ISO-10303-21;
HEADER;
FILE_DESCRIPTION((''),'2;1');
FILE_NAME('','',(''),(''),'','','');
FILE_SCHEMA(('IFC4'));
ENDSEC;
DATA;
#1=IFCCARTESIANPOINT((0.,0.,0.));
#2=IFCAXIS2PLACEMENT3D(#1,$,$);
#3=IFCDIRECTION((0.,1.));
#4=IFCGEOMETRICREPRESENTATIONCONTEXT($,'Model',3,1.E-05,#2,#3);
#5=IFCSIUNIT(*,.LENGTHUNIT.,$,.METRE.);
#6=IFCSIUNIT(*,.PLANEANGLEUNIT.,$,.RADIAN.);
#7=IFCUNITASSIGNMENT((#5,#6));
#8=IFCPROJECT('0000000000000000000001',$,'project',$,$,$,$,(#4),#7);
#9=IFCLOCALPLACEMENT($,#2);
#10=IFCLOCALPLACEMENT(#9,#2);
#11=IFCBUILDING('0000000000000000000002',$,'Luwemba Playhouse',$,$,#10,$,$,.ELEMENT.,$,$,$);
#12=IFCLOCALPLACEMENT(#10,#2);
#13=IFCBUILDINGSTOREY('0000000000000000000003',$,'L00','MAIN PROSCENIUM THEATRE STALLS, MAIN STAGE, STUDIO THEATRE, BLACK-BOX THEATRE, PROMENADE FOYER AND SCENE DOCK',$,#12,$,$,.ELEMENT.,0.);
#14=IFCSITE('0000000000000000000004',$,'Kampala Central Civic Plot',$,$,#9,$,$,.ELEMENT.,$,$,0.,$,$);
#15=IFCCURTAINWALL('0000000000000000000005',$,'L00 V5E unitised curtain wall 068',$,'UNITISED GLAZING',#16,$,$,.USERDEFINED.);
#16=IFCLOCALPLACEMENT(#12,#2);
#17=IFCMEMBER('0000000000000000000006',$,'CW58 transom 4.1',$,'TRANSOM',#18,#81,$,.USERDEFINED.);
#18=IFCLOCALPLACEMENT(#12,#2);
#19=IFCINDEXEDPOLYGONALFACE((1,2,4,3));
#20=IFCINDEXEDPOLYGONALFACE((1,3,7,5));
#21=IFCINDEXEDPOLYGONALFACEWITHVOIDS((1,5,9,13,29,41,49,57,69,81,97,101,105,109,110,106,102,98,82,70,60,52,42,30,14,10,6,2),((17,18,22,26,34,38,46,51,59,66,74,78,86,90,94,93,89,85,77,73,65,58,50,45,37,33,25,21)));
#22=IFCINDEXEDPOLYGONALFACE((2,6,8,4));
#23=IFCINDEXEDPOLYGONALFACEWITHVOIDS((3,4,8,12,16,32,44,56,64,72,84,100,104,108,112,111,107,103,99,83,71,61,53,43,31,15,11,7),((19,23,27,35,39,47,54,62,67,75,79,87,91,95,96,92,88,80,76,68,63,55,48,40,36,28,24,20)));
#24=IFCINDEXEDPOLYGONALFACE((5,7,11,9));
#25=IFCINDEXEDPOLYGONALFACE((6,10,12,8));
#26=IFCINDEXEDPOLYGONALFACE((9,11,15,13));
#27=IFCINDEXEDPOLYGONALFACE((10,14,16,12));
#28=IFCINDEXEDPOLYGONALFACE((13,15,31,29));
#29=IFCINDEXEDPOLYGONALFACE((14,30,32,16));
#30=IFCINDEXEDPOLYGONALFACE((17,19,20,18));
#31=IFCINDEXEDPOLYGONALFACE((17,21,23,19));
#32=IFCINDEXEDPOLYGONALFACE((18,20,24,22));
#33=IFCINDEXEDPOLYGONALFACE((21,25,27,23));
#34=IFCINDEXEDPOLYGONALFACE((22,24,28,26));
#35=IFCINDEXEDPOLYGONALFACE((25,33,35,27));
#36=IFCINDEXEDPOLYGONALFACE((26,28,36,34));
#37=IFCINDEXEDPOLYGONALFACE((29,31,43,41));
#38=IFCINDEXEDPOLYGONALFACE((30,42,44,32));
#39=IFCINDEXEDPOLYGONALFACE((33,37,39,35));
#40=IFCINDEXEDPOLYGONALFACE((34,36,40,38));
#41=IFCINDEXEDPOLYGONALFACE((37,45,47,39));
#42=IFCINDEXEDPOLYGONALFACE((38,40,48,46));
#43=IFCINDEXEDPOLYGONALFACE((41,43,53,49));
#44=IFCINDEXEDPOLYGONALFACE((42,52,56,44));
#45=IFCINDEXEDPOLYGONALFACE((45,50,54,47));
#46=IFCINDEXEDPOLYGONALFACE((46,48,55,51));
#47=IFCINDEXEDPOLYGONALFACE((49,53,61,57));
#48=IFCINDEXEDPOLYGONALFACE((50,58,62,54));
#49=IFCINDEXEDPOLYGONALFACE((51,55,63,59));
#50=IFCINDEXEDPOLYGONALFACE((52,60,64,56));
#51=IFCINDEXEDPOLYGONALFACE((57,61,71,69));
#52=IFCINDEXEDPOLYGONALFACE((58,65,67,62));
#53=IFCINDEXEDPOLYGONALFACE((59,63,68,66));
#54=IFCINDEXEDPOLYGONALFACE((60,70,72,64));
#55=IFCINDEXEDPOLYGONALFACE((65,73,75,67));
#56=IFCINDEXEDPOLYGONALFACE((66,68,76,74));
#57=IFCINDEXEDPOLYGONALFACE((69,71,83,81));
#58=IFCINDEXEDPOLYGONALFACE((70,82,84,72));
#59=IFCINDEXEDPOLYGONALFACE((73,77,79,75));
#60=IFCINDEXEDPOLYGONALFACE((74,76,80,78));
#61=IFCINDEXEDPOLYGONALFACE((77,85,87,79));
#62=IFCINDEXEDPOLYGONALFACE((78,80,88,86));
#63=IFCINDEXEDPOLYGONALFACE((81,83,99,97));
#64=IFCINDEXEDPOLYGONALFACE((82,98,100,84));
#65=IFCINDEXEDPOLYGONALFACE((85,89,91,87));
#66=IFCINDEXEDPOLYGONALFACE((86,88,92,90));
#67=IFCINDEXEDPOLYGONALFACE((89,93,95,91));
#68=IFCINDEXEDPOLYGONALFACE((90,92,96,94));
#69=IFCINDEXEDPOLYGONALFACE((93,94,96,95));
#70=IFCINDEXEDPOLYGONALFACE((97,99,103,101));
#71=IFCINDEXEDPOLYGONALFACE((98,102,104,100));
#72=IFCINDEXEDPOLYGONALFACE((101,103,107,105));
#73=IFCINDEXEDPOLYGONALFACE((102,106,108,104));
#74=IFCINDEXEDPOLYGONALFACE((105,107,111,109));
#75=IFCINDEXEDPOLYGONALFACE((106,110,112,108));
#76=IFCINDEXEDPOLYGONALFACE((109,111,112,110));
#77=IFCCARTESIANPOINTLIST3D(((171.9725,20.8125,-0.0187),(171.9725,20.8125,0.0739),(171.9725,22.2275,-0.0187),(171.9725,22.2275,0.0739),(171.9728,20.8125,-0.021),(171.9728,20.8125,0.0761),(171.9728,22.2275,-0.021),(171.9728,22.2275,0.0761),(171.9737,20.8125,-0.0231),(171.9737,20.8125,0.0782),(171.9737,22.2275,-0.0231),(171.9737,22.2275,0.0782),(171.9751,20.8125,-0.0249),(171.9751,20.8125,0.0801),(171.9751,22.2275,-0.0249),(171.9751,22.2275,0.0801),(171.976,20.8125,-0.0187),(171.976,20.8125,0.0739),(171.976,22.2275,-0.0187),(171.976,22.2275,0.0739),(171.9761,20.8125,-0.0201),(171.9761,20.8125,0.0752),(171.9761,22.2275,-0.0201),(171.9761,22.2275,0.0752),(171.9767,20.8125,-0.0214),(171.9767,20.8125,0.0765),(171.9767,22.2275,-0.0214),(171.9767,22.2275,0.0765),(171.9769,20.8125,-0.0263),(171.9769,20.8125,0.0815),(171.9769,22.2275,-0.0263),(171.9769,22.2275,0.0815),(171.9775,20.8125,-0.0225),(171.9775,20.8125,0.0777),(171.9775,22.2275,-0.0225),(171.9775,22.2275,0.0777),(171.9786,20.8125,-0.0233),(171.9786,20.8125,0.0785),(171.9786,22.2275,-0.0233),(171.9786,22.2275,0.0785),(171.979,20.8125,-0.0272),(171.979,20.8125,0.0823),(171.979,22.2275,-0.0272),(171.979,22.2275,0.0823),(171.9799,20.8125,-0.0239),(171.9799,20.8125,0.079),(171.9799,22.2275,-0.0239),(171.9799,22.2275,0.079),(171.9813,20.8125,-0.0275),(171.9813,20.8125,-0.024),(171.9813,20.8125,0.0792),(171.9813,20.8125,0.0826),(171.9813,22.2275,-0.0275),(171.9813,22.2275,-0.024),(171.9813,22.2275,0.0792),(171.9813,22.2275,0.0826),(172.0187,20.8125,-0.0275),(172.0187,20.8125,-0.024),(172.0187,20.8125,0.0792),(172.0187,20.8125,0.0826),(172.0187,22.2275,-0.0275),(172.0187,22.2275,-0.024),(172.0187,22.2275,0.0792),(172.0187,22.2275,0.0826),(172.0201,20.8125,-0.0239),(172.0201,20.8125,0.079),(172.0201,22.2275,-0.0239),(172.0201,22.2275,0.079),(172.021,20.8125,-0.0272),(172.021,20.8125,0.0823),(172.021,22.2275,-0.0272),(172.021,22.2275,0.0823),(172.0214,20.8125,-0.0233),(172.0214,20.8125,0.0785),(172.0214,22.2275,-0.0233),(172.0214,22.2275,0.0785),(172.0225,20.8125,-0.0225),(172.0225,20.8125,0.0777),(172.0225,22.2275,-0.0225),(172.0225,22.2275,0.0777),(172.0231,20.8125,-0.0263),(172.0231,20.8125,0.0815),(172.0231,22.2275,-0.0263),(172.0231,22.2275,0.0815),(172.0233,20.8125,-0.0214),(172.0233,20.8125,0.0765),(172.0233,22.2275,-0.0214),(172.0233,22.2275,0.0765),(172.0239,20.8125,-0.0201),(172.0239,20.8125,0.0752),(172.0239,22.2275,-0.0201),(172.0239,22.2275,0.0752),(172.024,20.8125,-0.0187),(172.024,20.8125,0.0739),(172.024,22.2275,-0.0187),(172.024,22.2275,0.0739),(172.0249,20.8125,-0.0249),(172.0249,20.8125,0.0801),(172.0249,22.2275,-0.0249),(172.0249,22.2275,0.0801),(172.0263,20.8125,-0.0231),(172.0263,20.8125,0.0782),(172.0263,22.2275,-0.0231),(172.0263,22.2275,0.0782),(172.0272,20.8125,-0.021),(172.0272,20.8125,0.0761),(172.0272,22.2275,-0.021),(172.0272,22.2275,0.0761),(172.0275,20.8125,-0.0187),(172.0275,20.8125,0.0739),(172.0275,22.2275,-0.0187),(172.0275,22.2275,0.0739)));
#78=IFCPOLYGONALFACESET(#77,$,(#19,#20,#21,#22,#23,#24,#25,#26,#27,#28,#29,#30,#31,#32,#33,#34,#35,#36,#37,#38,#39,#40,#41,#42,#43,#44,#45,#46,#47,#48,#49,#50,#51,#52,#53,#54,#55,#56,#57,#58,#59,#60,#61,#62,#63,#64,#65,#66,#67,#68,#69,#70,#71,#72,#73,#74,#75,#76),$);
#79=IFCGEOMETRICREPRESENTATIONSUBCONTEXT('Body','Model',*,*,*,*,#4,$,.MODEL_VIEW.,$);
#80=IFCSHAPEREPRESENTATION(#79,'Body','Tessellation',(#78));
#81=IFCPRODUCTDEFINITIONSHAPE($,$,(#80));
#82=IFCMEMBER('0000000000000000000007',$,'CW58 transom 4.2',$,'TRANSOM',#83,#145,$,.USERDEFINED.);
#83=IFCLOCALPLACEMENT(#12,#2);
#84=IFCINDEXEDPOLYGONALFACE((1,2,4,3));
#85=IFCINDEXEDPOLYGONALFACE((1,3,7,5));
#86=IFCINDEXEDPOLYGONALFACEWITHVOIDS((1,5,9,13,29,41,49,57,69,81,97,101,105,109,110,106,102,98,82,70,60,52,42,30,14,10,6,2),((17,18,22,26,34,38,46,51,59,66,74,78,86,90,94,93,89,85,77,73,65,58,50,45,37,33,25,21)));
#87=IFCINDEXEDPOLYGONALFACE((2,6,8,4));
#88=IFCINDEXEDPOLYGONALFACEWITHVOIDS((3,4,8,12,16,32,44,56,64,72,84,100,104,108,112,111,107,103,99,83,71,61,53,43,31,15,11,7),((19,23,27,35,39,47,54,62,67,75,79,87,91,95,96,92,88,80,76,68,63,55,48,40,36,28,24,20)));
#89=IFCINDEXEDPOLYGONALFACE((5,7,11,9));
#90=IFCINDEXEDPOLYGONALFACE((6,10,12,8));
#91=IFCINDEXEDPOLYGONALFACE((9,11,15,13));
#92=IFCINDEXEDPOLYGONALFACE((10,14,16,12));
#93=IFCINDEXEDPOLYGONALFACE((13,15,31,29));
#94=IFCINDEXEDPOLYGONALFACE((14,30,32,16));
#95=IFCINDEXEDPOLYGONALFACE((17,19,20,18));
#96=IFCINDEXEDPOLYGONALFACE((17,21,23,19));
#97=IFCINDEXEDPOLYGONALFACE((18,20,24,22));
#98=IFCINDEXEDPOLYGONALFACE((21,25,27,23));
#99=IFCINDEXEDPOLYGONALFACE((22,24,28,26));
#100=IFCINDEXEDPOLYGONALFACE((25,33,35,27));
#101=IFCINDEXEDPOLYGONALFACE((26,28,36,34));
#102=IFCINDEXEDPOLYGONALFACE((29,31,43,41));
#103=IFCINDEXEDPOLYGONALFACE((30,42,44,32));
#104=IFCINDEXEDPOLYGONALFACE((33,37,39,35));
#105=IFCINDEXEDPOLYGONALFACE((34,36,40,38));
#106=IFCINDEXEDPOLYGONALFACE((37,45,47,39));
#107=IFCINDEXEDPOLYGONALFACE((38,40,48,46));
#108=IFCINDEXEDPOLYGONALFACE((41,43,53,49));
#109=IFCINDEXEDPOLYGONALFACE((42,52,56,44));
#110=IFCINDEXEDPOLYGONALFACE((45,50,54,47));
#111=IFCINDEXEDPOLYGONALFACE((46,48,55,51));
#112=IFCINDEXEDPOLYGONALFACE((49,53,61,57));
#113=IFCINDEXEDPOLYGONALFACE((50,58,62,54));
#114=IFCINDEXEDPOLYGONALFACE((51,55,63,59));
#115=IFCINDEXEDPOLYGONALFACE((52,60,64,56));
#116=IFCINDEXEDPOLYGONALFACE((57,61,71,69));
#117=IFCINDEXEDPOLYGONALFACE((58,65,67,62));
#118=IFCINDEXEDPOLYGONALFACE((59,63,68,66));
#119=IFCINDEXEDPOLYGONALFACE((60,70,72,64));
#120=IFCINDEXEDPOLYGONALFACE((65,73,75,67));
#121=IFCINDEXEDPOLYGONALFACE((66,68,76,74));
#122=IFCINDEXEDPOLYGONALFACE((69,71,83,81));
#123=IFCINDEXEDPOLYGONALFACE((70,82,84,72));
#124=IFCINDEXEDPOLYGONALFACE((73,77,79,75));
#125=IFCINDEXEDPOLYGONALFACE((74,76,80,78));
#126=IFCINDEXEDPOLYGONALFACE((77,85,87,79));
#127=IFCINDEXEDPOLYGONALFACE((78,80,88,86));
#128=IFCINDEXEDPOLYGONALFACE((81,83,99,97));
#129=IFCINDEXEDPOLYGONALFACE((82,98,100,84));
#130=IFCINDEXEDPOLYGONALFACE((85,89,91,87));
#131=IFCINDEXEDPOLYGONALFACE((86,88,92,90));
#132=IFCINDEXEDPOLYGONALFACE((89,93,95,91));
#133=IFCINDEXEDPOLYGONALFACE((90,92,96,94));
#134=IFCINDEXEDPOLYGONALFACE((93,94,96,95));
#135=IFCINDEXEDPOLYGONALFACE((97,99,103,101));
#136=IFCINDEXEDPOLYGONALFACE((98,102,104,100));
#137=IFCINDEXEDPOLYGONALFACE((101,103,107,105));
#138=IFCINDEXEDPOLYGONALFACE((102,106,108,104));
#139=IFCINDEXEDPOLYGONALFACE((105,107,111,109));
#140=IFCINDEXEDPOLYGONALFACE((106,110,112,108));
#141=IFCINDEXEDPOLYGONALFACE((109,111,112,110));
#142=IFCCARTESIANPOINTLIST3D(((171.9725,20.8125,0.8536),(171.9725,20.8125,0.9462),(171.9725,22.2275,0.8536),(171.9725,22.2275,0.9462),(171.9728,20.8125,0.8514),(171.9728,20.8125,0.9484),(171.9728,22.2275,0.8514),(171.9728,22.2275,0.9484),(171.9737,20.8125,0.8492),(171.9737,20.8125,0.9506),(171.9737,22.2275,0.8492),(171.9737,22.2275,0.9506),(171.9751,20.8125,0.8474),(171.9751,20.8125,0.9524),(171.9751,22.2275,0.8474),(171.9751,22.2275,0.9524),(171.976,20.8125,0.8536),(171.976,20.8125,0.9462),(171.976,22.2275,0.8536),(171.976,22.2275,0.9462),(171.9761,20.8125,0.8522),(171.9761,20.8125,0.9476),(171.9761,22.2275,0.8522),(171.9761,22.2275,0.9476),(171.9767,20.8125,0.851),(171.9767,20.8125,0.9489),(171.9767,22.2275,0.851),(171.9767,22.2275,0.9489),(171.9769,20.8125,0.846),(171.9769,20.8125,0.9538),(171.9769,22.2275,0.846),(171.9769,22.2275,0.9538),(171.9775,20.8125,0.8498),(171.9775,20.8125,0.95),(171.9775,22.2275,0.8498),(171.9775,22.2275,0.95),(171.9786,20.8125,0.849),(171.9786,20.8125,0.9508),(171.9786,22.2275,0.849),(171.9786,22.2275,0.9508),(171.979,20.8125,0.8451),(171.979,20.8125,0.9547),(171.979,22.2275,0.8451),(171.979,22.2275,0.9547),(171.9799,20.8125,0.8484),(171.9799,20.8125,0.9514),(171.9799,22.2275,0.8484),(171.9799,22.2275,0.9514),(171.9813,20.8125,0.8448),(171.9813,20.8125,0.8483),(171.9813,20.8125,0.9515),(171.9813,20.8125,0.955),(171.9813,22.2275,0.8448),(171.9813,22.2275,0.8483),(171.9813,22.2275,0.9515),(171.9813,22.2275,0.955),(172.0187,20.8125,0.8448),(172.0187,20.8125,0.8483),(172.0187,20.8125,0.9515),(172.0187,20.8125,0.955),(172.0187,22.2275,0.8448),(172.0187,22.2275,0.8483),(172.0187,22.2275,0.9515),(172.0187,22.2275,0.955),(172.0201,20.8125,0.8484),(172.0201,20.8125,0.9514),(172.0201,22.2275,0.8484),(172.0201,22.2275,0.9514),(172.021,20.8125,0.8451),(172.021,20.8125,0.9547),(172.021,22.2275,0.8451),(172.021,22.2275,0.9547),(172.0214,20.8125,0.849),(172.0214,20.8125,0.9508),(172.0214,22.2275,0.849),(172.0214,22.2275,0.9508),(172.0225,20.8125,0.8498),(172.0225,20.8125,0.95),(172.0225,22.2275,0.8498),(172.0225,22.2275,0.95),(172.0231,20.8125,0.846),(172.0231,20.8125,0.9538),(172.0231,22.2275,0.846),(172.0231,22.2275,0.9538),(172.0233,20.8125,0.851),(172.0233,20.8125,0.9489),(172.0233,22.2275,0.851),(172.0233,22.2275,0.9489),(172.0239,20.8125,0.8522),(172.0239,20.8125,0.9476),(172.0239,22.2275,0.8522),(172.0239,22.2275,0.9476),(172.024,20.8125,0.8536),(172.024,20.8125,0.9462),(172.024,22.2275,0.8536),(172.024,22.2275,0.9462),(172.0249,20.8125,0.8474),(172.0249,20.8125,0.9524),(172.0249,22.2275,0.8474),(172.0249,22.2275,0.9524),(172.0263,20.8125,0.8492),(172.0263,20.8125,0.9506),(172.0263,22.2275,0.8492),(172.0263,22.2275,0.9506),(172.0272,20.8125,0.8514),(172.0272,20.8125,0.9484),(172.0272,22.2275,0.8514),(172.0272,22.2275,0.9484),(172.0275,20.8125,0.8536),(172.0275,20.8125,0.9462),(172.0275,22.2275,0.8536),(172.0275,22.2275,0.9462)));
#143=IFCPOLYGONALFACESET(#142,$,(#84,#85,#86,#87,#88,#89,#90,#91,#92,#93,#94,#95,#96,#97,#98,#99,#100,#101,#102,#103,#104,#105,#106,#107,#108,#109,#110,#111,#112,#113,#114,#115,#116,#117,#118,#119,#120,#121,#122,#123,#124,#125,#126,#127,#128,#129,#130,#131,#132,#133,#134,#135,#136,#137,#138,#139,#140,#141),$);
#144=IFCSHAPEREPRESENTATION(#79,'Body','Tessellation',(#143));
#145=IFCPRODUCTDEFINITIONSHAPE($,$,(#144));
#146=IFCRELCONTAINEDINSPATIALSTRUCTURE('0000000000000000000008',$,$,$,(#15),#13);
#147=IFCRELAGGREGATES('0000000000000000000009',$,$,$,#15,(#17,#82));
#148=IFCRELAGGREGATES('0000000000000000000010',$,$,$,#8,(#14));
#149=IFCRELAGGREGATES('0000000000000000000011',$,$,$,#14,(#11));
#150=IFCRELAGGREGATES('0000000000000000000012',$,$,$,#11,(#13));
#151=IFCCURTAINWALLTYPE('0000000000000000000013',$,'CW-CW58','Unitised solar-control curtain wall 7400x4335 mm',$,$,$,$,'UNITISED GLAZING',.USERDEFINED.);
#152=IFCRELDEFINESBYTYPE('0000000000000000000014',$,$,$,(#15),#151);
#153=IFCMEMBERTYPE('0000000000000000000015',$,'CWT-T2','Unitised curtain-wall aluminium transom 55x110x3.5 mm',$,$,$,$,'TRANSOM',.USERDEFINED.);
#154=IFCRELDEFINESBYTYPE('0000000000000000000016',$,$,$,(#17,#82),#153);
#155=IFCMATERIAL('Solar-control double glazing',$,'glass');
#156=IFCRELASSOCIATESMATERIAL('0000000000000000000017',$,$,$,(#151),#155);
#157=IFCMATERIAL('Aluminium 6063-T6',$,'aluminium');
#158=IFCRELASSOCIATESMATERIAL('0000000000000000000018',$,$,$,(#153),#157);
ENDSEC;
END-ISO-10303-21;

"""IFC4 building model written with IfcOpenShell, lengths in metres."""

from ifc_helpers import new_model, si_unit, direction, frame, origin, origin_2d, place, context, subcontext, project, spatial, hollow_rectangle, extrude, material, material_profile, profile_set, type_object, element, aggregate, save


model = new_model("IFC4")

# Units and contexts
model_context = context("Model", 3, precision=1e-05, world=origin(), true_north=direction((0.0, 1.0)))
body_context = subcontext(model_context, "Body", "Model", "MODEL_VIEW")
ifc_project = project(units=[si_unit("LENGTHUNIT", "METRE"), si_unit("PLANEANGLEUNIT", "RADIAN")], contexts=[model_context])

# Site, building, storey
site_placement = place(None, origin())
site = spatial("IfcSite", under=ifc_project, at=site_placement, Name="Kampala Central Civic Plot", CompositionType="ELEMENT", RefElevation=0.0)
building_placement = place(site_placement, origin())
building = spatial("IfcBuilding", under=site, at=building_placement, Name="Luwemba Playhouse", CompositionType="ELEMENT")
storey_placement = place(building_placement, origin())
storey = spatial("IfcBuildingStorey", under=building, at=storey_placement, Name="L00", Description="MAIN PROSCENIUM THEATRE STALLS, MAIN STAGE, STUDIO THEATRE, BLACK-BOX THEATRE, PROMENADE FOYER AND SCENE DOCK", CompositionType="ELEMENT", Elevation=0.0)

# Curtain wall
ifc_material_1 = material(Name="Solar-control double glazing", Category="glass")
curtain_wall_type_1 = type_object("IfcCurtainWallType", Name="CW-CW58", Description="Unitised solar-control curtain wall 7400x4335 mm", ElementType="UNITISED GLAZING", PredefinedType="USERDEFINED", material=ifc_material_1)
curtain_wall_1_placement = place(storey_placement, origin())
curtain_wall_1 = element("IfcCurtainWall", 1, at=curtain_wall_1_placement, inside=storey, type_object=curtain_wall_type_1, Name="L00 V5E unitised curtain wall 068", ObjectType="UNITISED GLAZING", PredefinedType="USERDEFINED")
ifc_material_2 = material(Name="Aluminium 6063-T6", Category="aluminium")

# Members
ifc_material_profile_1 = material_profile(ifc_material_2, hollow_rectangle(XDim=0.0549, YDim=0.1101, WallThickness=0.0034, InnerFilletRadius=0.0054, OuterFilletRadius=0.0088, at=origin_2d()))
ifc_profile_set_1 = profile_set([ifc_material_profile_1], Name="Aluminium 6063-T6")
member_type_1 = type_object("IfcMemberType", Name="CWT-T2", Description="Unitised curtain-wall aluminium transom 55x110x3.5 mm", ElementType="TRANSOM", PredefinedType="USERDEFINED", material=ifc_profile_set_1)
member_1_placement = place(storey_placement, frame((172.0, 22.2275, 0.0276), z_axis=(0.0, -1.0, 0.0), x_axis=(1.0, 0.0, 0.0)))
member_1 = element("IfcMember", 2, at=member_1_placement, type_object=member_type_1, Name="CW58 transom 4.1", ObjectType="TRANSOM", PredefinedType="USERDEFINED", context=body_context, shape_type="SweptSolid", body=[
    extrude(hollow_rectangle(XDim=0.0549, YDim=0.1101, WallThickness=0.0034, InnerFilletRadius=0.0054, OuterFilletRadius=0.0088, at=origin_2d()), origin(), (0.0, 0.0, 1.0), 1.415),
])
member_2_placement = place(storey_placement, frame((172.0, 22.2275, 0.8999), z_axis=(0.0, -1.0, 0.0), x_axis=(1.0, 0.0, 0.0)))
member_2 = element("IfcMember", 3, at=member_2_placement, type_object=member_type_1, Name="CW58 transom 4.2", ObjectType="TRANSOM", PredefinedType="USERDEFINED", context=body_context, shape_type="SweptSolid", body=[
    extrude(hollow_rectangle(XDim=0.0549, YDim=0.1101, WallThickness=0.0034, InnerFilletRadius=0.0054, OuterFilletRadius=0.0088, at=origin_2d()), origin(), (0.0, 0.0, 1.0), 1.415),
])

aggregate(curtain_wall_1, [member_1, member_2])

save(model, "model.ifc")
